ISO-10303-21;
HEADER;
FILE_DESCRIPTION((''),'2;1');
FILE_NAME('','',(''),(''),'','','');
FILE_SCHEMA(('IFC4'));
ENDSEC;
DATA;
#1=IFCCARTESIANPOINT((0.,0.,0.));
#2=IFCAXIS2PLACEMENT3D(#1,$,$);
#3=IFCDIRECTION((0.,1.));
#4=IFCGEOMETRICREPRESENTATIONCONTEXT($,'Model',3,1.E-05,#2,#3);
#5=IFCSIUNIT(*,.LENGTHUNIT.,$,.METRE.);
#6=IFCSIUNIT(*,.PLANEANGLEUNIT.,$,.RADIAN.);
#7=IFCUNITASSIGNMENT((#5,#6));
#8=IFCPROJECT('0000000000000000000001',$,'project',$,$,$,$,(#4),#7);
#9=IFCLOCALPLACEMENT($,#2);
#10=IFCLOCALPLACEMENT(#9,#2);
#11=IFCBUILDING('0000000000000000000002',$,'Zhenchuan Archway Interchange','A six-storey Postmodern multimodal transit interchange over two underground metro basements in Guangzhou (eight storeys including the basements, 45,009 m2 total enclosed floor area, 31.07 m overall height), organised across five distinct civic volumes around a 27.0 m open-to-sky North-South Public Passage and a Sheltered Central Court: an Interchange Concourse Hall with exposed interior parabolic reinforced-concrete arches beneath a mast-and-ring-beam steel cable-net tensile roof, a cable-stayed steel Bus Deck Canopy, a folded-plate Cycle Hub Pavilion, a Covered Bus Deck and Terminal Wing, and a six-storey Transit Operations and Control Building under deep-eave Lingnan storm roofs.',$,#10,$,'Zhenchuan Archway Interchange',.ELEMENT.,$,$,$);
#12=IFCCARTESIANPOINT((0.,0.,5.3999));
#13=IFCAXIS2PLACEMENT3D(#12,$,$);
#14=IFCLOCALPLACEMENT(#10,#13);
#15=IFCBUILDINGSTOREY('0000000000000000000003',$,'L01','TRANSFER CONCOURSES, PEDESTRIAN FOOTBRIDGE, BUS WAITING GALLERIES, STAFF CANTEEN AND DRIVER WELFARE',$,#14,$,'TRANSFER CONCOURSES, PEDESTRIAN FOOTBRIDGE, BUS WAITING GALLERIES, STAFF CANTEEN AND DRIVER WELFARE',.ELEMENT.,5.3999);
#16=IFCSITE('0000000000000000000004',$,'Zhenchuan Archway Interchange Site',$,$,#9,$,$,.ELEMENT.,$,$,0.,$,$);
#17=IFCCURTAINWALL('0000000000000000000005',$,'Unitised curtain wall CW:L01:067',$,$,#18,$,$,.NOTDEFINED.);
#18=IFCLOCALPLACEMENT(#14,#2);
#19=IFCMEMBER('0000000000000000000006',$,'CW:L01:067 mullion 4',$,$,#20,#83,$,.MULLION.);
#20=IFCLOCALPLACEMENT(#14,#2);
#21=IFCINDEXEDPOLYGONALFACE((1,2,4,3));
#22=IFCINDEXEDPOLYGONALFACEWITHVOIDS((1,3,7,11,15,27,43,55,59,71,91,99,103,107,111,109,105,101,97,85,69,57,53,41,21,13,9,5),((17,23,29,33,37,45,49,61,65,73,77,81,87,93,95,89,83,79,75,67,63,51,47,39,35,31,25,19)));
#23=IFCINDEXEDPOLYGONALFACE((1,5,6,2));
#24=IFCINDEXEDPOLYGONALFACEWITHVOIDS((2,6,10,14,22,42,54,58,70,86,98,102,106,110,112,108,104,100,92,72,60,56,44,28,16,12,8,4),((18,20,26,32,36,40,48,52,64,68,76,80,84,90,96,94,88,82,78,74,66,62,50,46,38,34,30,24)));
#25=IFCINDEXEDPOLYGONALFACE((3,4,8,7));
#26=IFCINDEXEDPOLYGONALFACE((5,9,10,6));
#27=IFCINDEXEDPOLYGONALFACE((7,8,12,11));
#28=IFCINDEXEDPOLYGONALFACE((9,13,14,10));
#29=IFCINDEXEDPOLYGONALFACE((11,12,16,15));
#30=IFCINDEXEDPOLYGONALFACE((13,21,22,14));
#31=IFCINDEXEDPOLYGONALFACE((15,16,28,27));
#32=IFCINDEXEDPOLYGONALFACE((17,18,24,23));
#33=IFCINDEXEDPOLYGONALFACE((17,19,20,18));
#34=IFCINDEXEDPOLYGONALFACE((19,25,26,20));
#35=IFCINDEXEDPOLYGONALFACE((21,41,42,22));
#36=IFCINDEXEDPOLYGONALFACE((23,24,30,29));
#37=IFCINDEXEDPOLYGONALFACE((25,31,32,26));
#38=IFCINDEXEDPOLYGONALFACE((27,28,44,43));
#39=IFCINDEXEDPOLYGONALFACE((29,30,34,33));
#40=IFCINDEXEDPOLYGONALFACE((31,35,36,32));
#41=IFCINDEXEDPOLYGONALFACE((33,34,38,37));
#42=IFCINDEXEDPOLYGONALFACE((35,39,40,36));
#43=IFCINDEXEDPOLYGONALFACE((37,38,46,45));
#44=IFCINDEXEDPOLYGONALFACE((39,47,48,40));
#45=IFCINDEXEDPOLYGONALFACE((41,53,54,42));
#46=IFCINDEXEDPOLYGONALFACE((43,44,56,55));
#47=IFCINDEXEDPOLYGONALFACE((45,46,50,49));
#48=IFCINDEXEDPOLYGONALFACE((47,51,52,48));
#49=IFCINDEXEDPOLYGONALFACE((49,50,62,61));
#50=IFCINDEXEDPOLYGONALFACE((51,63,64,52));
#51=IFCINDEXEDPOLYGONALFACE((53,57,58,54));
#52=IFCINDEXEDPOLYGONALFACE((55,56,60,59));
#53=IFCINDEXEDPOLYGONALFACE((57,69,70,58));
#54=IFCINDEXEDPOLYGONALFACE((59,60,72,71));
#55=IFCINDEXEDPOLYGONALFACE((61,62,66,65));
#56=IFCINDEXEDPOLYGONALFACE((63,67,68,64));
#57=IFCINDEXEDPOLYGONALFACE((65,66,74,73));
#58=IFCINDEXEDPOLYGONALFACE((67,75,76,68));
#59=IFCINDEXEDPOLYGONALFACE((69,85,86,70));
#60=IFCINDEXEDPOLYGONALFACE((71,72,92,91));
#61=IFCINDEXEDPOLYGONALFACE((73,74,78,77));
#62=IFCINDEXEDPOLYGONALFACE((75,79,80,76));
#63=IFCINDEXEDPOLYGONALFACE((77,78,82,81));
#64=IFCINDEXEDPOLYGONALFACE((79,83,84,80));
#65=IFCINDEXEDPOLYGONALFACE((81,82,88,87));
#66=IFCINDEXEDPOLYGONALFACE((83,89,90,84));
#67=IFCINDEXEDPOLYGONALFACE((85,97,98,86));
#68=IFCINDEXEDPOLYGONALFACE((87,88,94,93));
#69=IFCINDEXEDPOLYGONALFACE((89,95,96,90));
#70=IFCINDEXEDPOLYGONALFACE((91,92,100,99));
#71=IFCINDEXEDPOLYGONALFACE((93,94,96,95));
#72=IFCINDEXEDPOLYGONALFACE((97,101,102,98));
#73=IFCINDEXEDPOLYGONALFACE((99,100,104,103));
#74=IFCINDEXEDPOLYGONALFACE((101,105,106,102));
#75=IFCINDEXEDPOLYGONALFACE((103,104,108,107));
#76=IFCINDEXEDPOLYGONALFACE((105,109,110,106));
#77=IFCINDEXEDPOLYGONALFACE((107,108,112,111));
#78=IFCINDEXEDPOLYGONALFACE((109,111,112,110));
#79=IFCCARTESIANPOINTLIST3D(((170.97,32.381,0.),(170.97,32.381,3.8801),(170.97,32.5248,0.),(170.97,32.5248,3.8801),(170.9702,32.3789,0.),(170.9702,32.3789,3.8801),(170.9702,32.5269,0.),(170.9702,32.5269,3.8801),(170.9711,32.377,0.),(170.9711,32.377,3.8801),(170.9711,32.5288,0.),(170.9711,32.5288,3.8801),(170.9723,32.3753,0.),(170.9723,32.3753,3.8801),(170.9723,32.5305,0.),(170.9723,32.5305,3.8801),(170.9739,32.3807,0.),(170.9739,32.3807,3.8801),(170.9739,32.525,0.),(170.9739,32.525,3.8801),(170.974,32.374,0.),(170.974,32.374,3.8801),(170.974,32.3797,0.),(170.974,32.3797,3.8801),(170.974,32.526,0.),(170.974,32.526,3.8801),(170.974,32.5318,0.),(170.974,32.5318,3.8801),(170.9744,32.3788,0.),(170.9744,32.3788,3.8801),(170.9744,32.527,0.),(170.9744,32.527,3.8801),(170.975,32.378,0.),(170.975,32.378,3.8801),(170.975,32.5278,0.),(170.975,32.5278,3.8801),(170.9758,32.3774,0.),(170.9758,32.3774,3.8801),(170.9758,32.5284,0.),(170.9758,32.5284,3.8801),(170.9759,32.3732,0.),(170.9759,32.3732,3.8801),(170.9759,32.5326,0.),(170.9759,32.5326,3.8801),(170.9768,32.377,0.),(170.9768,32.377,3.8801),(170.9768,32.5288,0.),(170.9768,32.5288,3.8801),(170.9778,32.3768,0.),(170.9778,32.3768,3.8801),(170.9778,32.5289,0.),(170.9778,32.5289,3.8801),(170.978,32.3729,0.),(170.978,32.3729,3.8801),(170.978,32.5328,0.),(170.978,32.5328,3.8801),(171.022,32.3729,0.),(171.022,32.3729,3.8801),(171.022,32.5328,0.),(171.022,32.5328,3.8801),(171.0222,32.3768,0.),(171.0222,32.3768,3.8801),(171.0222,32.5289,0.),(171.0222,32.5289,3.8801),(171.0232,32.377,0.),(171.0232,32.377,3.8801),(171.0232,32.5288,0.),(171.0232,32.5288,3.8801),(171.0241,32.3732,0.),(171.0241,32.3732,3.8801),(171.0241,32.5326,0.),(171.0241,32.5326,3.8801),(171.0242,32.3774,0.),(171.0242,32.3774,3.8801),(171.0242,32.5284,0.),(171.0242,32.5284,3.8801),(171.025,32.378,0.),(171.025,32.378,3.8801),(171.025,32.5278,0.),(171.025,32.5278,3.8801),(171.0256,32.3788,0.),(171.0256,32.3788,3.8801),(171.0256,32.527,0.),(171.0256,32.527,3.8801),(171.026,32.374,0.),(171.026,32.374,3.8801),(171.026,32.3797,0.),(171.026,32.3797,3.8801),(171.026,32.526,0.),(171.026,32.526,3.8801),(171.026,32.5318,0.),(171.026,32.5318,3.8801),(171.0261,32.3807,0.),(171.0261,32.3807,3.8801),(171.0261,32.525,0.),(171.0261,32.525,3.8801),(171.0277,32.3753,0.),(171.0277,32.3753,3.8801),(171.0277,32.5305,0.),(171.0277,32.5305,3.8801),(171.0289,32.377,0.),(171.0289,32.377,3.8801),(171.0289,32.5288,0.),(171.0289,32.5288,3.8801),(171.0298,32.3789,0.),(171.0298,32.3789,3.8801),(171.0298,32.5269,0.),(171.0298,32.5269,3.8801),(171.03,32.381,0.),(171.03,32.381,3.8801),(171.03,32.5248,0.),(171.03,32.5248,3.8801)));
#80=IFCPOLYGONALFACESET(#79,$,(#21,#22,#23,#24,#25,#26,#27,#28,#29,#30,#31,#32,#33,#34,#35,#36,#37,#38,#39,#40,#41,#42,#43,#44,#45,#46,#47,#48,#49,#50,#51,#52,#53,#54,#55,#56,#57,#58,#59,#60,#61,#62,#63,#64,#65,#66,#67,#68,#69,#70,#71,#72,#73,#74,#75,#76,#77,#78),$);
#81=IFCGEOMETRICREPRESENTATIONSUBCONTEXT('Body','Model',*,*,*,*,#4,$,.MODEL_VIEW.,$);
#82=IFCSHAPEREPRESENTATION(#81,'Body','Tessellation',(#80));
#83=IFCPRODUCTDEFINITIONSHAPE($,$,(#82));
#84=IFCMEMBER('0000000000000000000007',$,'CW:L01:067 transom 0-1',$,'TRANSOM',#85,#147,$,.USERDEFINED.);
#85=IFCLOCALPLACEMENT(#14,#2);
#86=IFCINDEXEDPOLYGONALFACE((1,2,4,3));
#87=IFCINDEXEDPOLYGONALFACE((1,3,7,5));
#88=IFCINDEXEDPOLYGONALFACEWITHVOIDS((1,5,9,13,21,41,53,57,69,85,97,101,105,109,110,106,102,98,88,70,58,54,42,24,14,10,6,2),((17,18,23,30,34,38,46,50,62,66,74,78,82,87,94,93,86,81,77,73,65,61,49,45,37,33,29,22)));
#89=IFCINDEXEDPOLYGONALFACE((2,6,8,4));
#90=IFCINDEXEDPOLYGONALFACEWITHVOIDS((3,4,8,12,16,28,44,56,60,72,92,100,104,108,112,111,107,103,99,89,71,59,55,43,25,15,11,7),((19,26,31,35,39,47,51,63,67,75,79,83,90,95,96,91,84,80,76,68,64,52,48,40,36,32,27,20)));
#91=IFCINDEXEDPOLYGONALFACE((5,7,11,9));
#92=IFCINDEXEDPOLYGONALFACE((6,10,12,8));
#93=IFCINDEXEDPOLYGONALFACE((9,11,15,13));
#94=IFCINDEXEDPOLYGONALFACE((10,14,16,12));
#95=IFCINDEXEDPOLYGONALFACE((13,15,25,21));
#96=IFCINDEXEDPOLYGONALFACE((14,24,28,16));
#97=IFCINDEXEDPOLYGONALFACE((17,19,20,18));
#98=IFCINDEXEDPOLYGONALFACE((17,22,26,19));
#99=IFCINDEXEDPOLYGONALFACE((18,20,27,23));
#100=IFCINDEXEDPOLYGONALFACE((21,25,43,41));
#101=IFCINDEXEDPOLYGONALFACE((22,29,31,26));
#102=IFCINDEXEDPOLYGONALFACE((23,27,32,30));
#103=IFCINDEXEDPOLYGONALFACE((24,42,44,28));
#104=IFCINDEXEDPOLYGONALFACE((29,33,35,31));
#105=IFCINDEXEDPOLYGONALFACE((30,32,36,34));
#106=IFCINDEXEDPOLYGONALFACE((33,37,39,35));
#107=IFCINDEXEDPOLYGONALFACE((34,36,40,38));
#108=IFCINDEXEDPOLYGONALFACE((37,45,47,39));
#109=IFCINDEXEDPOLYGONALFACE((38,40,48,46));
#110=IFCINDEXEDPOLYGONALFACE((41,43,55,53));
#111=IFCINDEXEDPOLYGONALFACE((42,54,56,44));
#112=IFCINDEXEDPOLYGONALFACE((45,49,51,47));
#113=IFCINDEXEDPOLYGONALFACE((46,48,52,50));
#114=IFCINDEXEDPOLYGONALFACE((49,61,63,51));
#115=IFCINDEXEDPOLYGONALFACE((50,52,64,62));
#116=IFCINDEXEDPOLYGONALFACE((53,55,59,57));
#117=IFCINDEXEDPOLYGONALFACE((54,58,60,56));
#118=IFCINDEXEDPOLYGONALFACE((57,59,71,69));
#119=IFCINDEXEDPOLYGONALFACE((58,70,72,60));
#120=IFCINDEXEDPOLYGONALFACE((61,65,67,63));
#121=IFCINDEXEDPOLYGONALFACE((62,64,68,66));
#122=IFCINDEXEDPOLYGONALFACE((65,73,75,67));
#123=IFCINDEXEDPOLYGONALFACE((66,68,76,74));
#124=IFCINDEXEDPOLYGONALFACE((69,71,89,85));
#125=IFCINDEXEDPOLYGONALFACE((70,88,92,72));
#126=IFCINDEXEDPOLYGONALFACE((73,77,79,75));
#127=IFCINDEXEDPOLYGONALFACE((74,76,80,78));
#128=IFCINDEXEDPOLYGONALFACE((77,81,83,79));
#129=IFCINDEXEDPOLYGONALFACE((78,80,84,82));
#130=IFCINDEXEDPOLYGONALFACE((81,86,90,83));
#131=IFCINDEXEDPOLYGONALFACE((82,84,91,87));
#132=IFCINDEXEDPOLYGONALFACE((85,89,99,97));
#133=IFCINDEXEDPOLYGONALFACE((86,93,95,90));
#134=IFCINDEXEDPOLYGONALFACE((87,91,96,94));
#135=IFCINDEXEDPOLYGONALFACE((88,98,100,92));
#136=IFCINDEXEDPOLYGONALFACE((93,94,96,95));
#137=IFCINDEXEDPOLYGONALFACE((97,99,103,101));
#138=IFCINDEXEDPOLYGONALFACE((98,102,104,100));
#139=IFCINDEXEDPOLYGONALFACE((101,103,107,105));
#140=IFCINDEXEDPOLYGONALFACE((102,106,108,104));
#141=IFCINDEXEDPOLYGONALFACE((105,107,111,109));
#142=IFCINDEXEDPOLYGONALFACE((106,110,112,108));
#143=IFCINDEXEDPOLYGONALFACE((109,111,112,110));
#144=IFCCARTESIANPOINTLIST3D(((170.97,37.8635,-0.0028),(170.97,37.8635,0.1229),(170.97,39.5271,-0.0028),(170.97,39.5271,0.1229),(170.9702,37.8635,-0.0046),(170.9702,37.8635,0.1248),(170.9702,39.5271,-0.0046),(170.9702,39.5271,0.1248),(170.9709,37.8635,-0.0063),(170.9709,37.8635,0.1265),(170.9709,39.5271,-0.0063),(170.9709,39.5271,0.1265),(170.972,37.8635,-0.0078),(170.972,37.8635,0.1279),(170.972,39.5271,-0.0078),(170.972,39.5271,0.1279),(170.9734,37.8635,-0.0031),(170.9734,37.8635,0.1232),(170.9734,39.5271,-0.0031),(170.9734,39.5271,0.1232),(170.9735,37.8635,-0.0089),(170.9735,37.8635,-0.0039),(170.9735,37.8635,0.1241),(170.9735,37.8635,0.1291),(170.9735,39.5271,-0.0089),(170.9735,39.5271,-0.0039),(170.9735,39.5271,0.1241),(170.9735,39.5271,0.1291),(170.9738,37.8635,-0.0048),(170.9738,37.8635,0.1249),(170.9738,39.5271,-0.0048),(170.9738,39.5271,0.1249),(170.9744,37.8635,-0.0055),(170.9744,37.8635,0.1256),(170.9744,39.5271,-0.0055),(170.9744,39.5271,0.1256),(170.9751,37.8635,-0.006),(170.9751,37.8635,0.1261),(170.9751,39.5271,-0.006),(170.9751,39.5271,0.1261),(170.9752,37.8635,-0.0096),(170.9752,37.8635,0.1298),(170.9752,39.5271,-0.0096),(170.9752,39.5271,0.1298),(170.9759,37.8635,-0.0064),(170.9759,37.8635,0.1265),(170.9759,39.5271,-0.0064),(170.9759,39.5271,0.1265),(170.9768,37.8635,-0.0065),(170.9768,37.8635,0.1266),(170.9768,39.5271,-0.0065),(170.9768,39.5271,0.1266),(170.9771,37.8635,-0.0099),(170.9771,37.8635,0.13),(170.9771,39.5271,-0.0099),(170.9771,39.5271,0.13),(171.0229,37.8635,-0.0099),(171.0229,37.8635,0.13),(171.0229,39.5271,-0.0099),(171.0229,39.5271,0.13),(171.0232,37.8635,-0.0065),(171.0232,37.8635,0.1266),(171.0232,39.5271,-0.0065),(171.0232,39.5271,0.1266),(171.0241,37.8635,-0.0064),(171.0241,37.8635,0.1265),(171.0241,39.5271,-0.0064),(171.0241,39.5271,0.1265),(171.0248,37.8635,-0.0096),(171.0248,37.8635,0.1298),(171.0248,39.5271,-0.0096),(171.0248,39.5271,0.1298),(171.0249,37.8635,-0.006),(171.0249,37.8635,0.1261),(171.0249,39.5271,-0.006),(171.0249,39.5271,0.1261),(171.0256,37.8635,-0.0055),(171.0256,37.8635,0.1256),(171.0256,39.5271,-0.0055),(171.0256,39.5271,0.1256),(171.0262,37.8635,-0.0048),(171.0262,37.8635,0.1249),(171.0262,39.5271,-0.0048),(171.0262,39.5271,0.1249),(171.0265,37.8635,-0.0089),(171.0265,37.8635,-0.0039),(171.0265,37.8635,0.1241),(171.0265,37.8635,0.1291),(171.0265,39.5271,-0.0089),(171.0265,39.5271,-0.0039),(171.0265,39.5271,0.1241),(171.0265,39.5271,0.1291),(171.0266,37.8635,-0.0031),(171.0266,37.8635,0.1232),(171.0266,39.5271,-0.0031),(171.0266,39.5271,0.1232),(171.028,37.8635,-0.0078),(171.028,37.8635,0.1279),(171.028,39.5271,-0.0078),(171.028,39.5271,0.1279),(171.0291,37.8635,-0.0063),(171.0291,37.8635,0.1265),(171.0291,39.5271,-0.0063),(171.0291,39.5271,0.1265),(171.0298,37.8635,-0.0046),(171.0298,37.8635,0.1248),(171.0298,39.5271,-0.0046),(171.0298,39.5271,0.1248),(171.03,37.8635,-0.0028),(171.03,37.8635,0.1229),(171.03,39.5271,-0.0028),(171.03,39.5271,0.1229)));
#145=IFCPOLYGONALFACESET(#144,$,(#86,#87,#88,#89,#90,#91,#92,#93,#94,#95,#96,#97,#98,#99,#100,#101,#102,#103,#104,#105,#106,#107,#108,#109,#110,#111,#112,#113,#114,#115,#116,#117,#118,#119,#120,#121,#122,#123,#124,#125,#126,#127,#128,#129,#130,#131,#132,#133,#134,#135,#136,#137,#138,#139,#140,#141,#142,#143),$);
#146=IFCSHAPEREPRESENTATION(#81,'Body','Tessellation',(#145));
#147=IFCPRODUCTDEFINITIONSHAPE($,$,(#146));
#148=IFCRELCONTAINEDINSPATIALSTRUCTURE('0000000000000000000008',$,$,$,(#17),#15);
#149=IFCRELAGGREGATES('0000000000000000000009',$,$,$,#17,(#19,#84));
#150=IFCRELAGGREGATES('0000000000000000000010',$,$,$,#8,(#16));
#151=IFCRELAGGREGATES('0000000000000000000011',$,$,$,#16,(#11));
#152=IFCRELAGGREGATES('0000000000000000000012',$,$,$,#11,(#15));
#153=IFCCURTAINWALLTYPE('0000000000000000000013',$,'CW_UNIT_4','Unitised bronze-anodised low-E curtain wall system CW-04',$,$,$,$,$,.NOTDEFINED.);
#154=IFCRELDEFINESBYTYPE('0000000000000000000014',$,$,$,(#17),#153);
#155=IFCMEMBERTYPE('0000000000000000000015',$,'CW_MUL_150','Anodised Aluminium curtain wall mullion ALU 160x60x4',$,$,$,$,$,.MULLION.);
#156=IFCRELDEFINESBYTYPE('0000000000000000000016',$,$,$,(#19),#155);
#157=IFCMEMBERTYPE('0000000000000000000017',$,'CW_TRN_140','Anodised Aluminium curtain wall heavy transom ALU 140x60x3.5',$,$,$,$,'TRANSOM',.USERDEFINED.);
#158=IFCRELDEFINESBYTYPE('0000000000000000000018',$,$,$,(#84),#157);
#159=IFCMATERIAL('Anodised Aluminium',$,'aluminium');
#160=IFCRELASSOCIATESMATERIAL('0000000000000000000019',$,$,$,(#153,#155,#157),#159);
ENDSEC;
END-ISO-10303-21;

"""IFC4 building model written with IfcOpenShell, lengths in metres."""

from ifc_helpers import new_model, si_unit, direction, frame, origin, origin_2d, place, context, subcontext, project, spatial, hollow_rectangle, extrude, material, material_profile, profile_set, type_object, element, aggregate, save


model = new_model("IFC4")

# Units and contexts
model_context = context("Model", 3, precision=1e-05, world=origin(), true_north=direction((0.0, 1.0)))
body_context = subcontext(model_context, "Body", "Model", "MODEL_VIEW")
ifc_project = project(units=[si_unit("LENGTHUNIT", "METRE"), si_unit("PLANEANGLEUNIT", "RADIAN")], contexts=[model_context])

# Site, building, storey
site_placement = place(None, origin())
site = spatial("IfcSite", under=ifc_project, at=site_placement, Name="Zhenchuan Archway Interchange Site", CompositionType="ELEMENT", RefElevation=0.0)
building_placement = place(site_placement, origin())
building = spatial("IfcBuilding", under=site, at=building_placement, Name="Zhenchuan Archway Interchange", Description="A six-storey Postmodern multimodal transit interchange over two underground metro basements in Guangzhou (eight storeys including the basements, 45,009 m2 total enclosed floor area, 31.07 m overall height), organised across five distinct civic volumes around a 27.0 m open-to-sky North-South Public Passage and a Sheltered Central Court: an Interchange Concourse Hall with exposed interior parabolic reinforced-concrete arches beneath a mast-and-ring-beam steel cable-net tensile roof, a cable-stayed steel Bus Deck Canopy, a folded-plate Cycle Hub Pavilion, a Covered Bus Deck and Terminal Wing, and a six-storey Transit Operations and Control Building under deep-eave Lingnan storm roofs.", LongName="Zhenchuan Archway Interchange", CompositionType="ELEMENT")
storey_placement = place(building_placement, frame((0.0, 0.0, 5.3999)))
storey = spatial("IfcBuildingStorey", under=building, at=storey_placement, Name="L01", Description="TRANSFER CONCOURSES, PEDESTRIAN FOOTBRIDGE, BUS WAITING GALLERIES, STAFF CANTEEN AND DRIVER WELFARE", LongName="TRANSFER CONCOURSES, PEDESTRIAN FOOTBRIDGE, BUS WAITING GALLERIES, STAFF CANTEEN AND DRIVER WELFARE", CompositionType="ELEMENT", Elevation=5.3999)

# Curtain wall, members
ifc_material_1 = material(Name="Anodised Aluminium", Category="aluminium")
curtain_wall_type = type_object("IfcCurtainWallType", Name="CW_UNIT_4", Description="Unitised bronze-anodised low-E curtain wall system CW-04", PredefinedType="NOTDEFINED", material=ifc_material_1)
curtain_wall_placement = place(storey_placement, origin())
curtain_wall = element("IfcCurtainWall", 1, at=curtain_wall_placement, inside=storey, type_object=curtain_wall_type, Name="Unitised curtain wall CW:L01:067", PredefinedType="NOTDEFINED")
ifc_material_profile_1 = material_profile(ifc_material_1, hollow_rectangle(XDim=0.0601, YDim=0.1599, WallThickness=0.0039, InnerFilletRadius=0.0039, OuterFilletRadius=0.0081, at=origin_2d()), Name="ALU 160x60x4")
ifc_profile_set_1 = profile_set([ifc_material_profile_1], Name="Anodised Aluminium")
member_type_1 = type_object("IfcMemberType", Name="CW_MUL_150", Description="Anodised Aluminium curtain wall mullion ALU 160x60x4", PredefinedType="MULLION", material=ifc_profile_set_1)
member_1_placement = place(storey_placement, frame((171.0, 32.4529, 0.0), z_axis=(0.0, 0.0, 1.0), x_axis=(1.0, 0.0, 0.0)))
member_1 = element("IfcMember", 2, at=member_1_placement, type_object=member_type_1, Name="CW:L01:067 mullion 4", PredefinedType="MULLION", context=body_context, shape_type="SweptSolid", body=[
    extrude(hollow_rectangle(XDim=0.0601, YDim=0.1599, WallThickness=0.0039, InnerFilletRadius=0.0039, OuterFilletRadius=0.0081, at=origin_2d()), origin(), (0.0, 0.0, 1.0), 3.8801),
])
ifc_material_profile_2 = material_profile(ifc_material_1, hollow_rectangle(XDim=0.0601, YDim=0.1399, WallThickness=0.0034, InnerFilletRadius=0.0034, OuterFilletRadius=0.0071, at=origin_2d()), Name="ALU 140x60x3.5")
ifc_profile_set_2 = profile_set([ifc_material_profile_2], Name="Anodised Aluminium")
member_type_2 = type_object("IfcMemberType", Name="CW_TRN_140", Description="Anodised Aluminium curtain wall heavy transom ALU 140x60x3.5", ElementType="TRANSOM", PredefinedType="USERDEFINED", material=ifc_profile_set_2)
member_2_placement = place(storey_placement, frame((171.0, 39.5271, 0.0601), z_axis=(0.0, -1.0, 0.0), x_axis=(1.0, 0.0, 0.0)))
member_2 = element("IfcMember", 3, at=member_2_placement, type_object=member_type_2, Name="CW:L01:067 transom 0-1", ObjectType="TRANSOM", PredefinedType="USERDEFINED", context=body_context, shape_type="SweptSolid", body=[
    extrude(hollow_rectangle(XDim=0.0601, YDim=0.1399, WallThickness=0.0034, InnerFilletRadius=0.0034, OuterFilletRadius=0.0071, at=origin_2d()), origin(), (0.0, 0.0, 1.0), 1.6636),
])
aggregate(curtain_wall, [member_1, member_2])

save(model, "model.ifc")
